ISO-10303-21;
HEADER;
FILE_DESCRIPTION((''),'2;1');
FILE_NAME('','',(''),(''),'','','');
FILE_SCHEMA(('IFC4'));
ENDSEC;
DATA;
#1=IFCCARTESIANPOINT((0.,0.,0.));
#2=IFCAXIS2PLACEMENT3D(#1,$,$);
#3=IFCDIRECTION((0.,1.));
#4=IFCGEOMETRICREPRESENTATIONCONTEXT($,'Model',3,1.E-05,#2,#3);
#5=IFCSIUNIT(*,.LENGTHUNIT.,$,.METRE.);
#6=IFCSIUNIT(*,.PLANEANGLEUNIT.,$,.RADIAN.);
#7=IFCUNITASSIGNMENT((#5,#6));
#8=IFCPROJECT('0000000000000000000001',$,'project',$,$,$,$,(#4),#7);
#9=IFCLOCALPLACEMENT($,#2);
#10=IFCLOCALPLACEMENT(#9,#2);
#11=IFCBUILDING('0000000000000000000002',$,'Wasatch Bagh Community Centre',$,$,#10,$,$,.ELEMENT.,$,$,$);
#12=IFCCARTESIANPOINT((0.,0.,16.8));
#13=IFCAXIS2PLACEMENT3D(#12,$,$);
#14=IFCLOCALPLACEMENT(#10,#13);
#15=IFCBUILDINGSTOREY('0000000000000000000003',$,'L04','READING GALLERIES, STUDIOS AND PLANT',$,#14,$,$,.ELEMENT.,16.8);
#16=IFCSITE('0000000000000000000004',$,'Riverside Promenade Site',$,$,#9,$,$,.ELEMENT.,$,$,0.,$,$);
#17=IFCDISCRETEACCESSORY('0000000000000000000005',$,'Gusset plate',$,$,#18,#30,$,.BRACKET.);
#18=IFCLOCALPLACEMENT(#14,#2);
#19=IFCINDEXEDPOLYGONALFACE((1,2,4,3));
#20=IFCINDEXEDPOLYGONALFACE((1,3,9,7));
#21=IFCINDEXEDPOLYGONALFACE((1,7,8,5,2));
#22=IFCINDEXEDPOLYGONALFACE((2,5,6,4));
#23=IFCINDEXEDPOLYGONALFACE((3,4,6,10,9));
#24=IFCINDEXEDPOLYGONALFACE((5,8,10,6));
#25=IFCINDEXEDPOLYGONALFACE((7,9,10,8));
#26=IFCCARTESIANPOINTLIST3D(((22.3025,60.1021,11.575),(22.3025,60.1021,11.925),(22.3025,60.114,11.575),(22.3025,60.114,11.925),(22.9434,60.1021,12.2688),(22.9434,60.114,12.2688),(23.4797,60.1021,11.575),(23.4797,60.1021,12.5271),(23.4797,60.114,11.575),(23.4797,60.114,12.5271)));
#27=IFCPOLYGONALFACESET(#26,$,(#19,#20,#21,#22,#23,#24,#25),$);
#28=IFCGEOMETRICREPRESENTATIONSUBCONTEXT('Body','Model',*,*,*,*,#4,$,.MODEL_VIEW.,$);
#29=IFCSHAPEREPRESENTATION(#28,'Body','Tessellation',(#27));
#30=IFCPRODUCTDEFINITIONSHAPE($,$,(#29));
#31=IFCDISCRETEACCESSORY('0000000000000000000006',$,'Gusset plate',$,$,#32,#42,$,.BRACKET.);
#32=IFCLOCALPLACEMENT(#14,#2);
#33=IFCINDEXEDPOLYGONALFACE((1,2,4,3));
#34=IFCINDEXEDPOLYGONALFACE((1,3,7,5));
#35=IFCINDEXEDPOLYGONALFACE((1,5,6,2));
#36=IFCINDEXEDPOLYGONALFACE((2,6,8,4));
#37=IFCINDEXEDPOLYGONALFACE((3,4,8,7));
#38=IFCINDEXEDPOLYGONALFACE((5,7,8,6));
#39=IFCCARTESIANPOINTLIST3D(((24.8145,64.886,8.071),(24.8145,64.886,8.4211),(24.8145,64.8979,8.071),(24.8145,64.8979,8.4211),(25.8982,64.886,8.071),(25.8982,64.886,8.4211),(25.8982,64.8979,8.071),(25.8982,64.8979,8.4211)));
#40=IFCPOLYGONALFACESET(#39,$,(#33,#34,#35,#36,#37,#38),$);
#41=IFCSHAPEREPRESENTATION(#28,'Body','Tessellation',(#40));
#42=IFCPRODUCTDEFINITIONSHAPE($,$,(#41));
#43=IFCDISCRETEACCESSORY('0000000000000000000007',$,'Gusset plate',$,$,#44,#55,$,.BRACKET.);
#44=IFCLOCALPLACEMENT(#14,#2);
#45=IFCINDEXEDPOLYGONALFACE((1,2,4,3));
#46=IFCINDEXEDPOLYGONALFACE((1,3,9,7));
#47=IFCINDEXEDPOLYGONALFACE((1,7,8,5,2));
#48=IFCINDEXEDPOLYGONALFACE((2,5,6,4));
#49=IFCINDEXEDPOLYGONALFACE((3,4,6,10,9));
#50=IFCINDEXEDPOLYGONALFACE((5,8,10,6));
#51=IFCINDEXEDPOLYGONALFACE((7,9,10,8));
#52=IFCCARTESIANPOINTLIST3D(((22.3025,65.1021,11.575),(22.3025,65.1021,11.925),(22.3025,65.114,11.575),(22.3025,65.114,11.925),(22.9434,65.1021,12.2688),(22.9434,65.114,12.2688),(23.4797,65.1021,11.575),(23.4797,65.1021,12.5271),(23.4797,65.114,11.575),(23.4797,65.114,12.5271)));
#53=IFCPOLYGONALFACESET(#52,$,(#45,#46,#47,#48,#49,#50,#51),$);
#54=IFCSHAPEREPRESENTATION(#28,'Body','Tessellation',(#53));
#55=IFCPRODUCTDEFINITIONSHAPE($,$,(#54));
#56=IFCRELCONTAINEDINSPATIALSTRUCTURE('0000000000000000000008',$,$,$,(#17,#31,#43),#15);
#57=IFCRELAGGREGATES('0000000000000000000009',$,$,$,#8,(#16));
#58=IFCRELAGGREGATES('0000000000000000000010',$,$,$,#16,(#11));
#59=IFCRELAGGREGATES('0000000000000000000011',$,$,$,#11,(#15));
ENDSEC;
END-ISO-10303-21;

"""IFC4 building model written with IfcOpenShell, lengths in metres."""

from ifc_helpers import new_model, si_unit, direction, frame, origin, place, context, subcontext, project, spatial, polyline, outline, extrude, element, save


model = new_model("IFC4")

# Units and contexts
model_context = context("Model", 3, precision=1e-05, world=origin(), true_north=direction((0.0, 1.0)))
body_context = subcontext(model_context, "Body", "Model", "MODEL_VIEW")
ifc_project = project(units=[si_unit("LENGTHUNIT", "METRE"), si_unit("PLANEANGLEUNIT", "RADIAN")], contexts=[model_context])

# Site, building, storey
site_placement = place(None, origin())
site = spatial("IfcSite", under=ifc_project, at=site_placement, Name="Riverside Promenade Site", CompositionType="ELEMENT", RefElevation=0.0)
building_placement = place(site_placement, origin())
building = spatial("IfcBuilding", under=site, at=building_placement, Name="Wasatch Bagh Community Centre", CompositionType="ELEMENT")
storey_placement = place(building_placement, frame((0.0, 0.0, 16.8)))
storey = spatial("IfcBuildingStorey", under=building, at=storey_placement, Name="L04", Description="READING GALLERIES, STUDIOS AND PLANT", CompositionType="ELEMENT", Elevation=16.8)

# Discrete accessories
discrete_accessory_1_placement = place(storey_placement, frame((22.3025, 60.114, 11.925), z_axis=(0.0, 1.0, 0.0), x_axis=(0.881235, 0.0, 0.472678)))
element("IfcDiscreteAccessory", 1, at=discrete_accessory_1_placement, inside=storey, Name="Gusset plate", PredefinedType="BRACKET", context=body_context, shape_type="SweptSolid", body=[
    extrude(outline(polyline([(0.0, 0.0), (0.7272, 0.0), (1.322, 0.0259), (0.8719, 0.865), (-0.1655, 0.3085), (0.0, 0.0)])), origin(), (0.0, 0.0, -1.0), 0.012),
])
discrete_accessory_2_placement = place(storey_placement, frame((24.8145, 64.886, 8.071), z_axis=(0.0, -1.0, 0.0), x_axis=(1.0, 0.0, 0.0)))
element("IfcDiscreteAccessory", 2, at=discrete_accessory_2_placement, inside=storey, Name="Gusset plate", PredefinedType="BRACKET", context=body_context, shape_type="SweptSolid", body=[
    extrude(outline(polyline([(0.0, 0.0), (1.0837, 0.0), (1.0837, 0.3501), (0.0, 0.3501), (0.0, 0.0)])), origin(), (0.0, 0.0, -1.0), 0.012),
])
discrete_accessory_3_placement = place(storey_placement, frame((22.3025, 65.114, 11.925), z_axis=(0.0, 1.0, 0.0), x_axis=(0.881235, 0.0, 0.472678)))
element("IfcDiscreteAccessory", 3, at=discrete_accessory_3_placement, inside=storey, Name="Gusset plate", PredefinedType="BRACKET", context=body_context, shape_type="SweptSolid", body=[
    extrude(outline(polyline([(0.0, 0.0), (0.7272, 0.0), (1.322, 0.0259), (0.8719, 0.865), (-0.1655, 0.3085), (0.0, 0.0)])), origin(), (0.0, 0.0, -1.0), 0.012),
])

save(model, "model.ifc")
